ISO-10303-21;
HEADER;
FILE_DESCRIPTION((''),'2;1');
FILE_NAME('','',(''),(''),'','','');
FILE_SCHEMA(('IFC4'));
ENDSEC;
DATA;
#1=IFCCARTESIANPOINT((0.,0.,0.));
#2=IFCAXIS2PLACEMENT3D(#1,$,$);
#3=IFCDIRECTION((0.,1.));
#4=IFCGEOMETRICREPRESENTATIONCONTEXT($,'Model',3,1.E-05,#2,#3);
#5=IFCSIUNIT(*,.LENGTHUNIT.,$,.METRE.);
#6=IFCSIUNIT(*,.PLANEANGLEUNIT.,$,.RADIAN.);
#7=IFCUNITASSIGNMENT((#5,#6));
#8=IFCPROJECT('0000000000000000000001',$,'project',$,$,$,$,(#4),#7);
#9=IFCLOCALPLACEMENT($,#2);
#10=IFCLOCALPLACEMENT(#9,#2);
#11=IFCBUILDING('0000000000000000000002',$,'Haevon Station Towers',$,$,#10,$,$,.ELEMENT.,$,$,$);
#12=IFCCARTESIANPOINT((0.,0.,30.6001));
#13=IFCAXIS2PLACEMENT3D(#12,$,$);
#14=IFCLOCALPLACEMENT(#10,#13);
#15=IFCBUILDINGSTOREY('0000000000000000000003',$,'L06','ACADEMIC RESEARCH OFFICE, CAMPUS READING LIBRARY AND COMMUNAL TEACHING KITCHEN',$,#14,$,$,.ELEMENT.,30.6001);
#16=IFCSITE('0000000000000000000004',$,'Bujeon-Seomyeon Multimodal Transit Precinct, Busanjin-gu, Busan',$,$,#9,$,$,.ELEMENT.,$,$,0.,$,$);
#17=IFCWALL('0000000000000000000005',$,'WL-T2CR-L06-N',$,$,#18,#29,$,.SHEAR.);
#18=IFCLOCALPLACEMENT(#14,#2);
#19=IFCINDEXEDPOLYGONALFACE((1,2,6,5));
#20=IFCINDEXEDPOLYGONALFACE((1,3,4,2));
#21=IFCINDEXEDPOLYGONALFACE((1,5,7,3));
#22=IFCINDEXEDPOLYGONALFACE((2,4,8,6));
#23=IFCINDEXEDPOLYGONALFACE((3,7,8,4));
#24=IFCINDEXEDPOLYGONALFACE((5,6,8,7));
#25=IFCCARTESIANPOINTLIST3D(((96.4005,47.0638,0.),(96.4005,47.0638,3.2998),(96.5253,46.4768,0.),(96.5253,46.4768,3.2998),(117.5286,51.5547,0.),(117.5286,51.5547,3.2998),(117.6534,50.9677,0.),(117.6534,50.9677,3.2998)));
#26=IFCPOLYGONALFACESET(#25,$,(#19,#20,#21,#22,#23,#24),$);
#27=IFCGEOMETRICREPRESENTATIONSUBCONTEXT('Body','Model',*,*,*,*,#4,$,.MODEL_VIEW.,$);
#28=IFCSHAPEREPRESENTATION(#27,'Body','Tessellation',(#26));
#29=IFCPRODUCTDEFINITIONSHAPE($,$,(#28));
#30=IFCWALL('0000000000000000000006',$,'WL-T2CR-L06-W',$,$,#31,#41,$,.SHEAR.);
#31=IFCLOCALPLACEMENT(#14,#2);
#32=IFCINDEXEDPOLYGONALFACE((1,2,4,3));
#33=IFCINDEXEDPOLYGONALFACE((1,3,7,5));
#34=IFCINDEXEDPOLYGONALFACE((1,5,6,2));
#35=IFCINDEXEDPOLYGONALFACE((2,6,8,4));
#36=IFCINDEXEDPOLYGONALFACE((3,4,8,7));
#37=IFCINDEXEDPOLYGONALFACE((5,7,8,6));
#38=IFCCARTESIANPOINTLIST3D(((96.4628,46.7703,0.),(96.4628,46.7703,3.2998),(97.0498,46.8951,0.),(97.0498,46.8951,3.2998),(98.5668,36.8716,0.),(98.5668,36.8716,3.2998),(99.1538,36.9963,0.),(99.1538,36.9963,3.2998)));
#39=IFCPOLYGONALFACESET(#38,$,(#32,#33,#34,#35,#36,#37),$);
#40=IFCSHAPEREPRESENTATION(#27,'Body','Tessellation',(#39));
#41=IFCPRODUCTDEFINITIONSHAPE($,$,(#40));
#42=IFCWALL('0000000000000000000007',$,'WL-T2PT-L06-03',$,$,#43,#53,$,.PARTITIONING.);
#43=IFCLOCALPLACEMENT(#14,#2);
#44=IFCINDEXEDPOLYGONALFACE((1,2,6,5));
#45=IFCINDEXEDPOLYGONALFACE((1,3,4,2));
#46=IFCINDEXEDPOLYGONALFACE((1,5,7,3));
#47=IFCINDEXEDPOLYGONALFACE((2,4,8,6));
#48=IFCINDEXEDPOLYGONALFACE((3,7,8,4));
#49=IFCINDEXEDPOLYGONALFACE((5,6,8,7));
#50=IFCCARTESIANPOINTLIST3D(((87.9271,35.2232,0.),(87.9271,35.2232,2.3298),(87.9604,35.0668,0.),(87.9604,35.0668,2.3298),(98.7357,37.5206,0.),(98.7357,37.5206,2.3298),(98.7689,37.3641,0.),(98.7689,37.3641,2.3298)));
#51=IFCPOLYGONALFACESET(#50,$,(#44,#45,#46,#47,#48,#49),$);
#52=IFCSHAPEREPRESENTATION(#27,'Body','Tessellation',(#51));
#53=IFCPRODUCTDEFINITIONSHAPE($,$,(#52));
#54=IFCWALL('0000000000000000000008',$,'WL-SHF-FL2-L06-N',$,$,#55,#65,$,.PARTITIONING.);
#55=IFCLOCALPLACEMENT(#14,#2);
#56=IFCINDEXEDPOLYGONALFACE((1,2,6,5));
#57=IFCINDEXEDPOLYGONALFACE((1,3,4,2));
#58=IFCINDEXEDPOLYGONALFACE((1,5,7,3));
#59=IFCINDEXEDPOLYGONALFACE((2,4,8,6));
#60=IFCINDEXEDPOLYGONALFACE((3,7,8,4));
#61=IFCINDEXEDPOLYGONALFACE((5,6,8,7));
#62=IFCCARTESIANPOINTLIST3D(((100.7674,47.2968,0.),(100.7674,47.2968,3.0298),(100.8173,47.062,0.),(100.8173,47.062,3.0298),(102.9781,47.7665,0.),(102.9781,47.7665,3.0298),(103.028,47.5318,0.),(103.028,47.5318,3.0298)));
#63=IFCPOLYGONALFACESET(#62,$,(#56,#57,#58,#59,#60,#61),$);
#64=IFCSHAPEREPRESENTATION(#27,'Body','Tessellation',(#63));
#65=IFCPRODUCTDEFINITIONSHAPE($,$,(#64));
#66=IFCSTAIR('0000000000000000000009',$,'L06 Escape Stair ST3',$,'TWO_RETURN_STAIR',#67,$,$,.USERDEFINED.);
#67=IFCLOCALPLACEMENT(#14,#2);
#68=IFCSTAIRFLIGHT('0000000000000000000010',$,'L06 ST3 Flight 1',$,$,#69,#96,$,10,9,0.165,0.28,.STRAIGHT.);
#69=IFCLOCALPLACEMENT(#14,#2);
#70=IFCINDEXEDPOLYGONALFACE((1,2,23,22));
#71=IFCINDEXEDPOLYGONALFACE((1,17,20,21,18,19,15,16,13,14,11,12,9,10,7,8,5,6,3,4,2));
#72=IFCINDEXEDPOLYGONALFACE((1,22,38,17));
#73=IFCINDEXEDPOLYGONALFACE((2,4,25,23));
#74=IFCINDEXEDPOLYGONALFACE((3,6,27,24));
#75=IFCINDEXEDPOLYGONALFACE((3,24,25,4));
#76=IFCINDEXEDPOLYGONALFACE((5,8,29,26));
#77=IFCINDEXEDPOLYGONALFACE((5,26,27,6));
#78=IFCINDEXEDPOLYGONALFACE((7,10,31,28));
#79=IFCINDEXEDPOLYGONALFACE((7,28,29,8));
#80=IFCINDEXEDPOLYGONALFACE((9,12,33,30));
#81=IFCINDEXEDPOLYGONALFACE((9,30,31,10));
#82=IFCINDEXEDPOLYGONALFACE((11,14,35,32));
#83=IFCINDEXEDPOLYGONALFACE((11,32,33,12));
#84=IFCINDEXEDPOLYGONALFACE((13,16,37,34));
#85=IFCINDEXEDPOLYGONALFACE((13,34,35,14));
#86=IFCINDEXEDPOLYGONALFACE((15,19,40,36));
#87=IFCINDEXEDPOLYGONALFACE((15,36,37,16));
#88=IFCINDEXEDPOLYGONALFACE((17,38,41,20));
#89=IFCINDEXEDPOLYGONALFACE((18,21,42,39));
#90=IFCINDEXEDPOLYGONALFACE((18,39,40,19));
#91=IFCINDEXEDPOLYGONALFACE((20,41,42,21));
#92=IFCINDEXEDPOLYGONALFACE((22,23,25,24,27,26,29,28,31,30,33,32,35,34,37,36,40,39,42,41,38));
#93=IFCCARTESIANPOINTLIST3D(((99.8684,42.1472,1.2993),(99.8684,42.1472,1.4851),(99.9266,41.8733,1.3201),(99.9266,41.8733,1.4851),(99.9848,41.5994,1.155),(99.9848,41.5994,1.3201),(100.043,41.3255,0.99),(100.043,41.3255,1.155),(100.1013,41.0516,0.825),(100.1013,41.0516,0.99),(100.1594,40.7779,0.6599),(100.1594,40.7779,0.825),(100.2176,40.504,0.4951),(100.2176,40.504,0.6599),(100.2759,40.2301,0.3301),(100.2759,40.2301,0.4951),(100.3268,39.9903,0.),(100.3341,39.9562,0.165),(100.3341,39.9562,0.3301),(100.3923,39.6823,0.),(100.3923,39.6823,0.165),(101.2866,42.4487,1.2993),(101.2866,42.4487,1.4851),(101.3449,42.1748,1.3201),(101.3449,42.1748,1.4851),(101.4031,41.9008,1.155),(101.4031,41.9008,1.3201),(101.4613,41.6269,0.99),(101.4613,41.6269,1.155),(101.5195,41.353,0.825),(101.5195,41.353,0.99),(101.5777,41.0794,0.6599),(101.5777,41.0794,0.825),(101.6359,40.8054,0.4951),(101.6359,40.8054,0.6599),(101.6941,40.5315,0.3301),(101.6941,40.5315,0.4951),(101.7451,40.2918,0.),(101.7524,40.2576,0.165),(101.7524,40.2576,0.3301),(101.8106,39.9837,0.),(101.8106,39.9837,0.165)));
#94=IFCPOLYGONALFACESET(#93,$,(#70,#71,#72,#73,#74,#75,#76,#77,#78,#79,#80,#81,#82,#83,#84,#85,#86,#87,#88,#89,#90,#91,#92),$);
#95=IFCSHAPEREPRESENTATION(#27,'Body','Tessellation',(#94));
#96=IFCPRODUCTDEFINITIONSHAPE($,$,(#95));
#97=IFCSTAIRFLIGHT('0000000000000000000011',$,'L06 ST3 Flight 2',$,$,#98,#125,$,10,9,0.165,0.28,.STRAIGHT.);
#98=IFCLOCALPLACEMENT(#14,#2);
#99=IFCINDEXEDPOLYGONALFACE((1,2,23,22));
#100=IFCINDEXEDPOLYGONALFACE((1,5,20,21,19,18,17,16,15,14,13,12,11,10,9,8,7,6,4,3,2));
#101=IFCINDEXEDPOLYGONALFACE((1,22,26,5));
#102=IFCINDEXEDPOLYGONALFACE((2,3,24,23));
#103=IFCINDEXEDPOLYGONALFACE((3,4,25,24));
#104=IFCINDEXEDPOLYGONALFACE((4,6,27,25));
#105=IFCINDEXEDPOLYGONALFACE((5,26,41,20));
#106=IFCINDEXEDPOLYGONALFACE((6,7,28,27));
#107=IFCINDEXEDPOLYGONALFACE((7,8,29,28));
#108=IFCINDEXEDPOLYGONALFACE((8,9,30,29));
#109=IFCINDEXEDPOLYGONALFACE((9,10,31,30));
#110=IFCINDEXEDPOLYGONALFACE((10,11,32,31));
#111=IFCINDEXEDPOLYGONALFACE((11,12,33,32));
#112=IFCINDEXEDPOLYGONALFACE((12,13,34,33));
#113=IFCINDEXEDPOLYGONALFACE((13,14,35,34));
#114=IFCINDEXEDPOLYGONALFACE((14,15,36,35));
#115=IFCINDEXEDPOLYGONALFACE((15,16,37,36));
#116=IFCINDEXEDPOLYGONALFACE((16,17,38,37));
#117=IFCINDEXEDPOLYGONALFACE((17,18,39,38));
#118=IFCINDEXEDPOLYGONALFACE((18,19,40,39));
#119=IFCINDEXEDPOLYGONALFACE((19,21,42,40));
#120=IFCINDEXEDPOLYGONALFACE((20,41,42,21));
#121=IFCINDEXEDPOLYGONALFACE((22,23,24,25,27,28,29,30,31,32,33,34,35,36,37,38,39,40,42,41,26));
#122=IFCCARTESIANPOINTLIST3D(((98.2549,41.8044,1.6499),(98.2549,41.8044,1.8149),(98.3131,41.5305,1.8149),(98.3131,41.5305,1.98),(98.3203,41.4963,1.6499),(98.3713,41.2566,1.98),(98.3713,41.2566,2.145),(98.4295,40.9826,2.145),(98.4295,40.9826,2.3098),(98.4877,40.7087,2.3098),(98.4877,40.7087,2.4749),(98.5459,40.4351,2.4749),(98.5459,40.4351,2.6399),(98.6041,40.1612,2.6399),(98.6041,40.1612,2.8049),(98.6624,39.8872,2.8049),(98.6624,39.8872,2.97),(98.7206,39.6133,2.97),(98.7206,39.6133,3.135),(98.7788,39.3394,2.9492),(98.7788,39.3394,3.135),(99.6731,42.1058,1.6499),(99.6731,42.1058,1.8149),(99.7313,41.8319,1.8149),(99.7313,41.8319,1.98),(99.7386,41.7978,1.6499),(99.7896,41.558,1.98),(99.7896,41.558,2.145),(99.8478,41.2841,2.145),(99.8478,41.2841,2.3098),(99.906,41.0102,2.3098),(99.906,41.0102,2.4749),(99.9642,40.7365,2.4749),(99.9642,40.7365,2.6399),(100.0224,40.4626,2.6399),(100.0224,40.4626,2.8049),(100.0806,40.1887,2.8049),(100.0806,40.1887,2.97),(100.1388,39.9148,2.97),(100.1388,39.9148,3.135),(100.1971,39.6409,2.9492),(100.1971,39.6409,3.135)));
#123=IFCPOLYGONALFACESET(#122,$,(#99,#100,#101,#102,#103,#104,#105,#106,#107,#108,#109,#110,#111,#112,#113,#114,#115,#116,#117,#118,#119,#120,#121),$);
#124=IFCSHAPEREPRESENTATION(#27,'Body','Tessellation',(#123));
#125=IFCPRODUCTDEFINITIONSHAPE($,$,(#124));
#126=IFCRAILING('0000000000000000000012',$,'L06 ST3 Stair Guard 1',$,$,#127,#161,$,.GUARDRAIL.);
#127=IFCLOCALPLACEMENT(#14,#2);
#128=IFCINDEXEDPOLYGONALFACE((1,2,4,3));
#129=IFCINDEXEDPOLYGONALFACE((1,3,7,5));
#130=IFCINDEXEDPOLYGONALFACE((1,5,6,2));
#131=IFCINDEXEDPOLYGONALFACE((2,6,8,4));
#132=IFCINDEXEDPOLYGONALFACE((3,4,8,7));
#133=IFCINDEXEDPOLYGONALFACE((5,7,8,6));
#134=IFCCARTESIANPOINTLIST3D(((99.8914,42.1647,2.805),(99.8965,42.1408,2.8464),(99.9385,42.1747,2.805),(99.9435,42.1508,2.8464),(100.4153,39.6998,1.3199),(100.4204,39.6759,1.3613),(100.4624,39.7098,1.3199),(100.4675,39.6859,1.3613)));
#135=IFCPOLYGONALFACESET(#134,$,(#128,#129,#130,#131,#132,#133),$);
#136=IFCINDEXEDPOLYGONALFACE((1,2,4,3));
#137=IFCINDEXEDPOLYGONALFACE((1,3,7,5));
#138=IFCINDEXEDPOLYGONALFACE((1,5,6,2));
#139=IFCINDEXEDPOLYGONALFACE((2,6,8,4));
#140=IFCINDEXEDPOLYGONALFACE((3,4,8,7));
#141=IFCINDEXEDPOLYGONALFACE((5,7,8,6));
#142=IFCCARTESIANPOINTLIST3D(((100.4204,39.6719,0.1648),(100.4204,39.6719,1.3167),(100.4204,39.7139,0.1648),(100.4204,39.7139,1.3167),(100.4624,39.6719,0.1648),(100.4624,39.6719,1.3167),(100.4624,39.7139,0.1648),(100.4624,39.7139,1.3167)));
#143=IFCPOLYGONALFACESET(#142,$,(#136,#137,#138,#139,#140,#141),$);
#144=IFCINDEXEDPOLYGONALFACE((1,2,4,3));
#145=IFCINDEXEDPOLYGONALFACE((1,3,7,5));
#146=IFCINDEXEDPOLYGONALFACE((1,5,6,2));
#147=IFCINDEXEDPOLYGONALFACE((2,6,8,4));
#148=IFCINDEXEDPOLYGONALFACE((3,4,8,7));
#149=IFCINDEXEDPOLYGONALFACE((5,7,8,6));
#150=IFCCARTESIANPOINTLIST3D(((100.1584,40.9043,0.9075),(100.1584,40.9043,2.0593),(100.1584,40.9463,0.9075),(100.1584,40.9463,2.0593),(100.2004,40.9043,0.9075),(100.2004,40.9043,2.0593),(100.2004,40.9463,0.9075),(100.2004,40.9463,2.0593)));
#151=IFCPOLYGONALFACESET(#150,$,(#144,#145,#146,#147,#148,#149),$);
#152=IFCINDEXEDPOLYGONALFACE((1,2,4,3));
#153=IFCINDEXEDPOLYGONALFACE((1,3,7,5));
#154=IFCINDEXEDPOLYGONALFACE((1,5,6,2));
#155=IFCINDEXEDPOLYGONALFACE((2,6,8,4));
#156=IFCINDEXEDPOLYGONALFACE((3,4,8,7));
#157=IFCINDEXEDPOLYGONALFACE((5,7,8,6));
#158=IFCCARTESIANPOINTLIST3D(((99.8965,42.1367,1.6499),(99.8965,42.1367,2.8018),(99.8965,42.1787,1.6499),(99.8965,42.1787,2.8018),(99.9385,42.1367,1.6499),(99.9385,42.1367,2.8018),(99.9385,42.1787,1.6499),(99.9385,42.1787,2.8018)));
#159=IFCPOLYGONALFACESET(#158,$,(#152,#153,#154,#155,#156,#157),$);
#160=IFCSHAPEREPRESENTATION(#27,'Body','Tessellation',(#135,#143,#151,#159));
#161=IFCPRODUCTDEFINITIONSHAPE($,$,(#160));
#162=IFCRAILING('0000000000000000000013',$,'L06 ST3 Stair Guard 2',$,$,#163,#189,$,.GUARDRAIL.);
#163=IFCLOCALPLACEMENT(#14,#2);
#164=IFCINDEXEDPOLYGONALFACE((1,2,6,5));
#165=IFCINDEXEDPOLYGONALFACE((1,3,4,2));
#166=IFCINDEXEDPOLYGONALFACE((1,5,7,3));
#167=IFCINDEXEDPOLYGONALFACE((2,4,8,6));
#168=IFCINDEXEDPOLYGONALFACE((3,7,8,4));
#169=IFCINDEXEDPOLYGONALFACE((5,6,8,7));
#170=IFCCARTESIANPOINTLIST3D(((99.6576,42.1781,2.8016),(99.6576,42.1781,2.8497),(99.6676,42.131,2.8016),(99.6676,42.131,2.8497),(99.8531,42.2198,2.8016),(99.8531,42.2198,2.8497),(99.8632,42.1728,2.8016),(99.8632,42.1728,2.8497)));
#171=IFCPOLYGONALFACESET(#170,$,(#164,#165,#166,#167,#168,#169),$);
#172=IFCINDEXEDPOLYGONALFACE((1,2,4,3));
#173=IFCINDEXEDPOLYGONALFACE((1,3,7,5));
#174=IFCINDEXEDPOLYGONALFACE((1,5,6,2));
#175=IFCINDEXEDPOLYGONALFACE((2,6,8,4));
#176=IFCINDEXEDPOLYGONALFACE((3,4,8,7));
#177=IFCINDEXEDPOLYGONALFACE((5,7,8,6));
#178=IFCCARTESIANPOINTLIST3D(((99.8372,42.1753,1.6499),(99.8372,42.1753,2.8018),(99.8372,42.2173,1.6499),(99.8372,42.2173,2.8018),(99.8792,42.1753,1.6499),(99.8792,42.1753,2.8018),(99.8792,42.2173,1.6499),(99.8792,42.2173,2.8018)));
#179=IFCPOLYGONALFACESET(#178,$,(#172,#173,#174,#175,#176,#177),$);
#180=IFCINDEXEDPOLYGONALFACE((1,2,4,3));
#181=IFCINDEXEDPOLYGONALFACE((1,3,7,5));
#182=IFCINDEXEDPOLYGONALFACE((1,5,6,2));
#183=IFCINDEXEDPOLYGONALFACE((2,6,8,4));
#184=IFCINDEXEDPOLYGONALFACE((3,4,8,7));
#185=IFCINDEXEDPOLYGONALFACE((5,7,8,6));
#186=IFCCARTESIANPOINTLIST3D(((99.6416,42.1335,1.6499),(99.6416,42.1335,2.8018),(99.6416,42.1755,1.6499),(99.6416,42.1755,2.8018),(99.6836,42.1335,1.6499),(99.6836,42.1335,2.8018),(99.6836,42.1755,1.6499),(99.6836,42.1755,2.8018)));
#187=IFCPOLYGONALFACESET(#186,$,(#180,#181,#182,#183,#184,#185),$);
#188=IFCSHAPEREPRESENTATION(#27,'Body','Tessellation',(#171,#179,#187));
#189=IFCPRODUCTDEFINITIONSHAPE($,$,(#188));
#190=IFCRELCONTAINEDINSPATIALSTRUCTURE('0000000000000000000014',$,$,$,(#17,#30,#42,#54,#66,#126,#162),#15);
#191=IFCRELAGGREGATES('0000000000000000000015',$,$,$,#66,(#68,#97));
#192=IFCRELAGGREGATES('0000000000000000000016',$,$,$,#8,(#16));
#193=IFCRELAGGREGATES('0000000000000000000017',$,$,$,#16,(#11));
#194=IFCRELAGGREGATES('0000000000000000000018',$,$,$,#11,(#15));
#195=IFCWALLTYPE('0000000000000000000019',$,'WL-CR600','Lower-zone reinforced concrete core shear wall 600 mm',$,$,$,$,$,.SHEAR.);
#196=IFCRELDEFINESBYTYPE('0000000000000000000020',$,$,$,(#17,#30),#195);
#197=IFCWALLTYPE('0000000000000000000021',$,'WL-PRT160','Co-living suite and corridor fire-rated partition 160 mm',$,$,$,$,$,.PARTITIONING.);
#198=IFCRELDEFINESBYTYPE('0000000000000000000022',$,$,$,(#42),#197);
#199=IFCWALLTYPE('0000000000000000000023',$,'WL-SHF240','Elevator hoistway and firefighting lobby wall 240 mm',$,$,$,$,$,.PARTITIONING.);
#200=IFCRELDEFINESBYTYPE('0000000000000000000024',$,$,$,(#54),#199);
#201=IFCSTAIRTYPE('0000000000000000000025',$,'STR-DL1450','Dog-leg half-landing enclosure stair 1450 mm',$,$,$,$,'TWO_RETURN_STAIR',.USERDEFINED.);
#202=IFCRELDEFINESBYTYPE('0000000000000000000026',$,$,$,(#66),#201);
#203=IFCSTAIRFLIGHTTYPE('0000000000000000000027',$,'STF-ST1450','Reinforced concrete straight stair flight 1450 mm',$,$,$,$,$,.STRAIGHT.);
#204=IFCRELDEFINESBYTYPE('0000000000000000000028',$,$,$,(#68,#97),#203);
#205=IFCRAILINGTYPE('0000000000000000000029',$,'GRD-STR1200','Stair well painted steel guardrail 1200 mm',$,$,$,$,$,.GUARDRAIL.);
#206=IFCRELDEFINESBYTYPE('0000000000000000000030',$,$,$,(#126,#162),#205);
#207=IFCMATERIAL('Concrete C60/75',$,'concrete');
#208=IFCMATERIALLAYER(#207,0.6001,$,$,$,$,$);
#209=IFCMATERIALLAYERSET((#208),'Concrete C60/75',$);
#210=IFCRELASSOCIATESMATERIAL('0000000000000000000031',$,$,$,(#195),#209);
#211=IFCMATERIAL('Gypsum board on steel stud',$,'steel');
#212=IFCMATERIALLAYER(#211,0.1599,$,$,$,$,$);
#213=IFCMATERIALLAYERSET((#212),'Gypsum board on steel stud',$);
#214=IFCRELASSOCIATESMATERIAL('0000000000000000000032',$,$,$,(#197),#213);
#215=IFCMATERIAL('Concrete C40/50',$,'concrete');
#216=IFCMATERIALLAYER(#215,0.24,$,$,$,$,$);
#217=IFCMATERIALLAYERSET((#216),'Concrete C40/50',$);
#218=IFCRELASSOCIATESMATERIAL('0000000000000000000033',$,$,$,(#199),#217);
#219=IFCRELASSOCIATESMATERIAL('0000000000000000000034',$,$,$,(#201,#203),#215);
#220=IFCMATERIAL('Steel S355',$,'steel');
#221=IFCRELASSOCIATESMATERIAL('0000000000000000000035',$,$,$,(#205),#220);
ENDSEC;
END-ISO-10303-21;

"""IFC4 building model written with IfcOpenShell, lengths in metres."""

from ifc_helpers import new_model, si_unit, direction, frame, frame_2d, origin, origin_2d, place, context, subcontext, project, spatial, polyline, rectangle, outline, extrude, material, layer, layer_set, type_object, element, aggregate, save


model = new_model("IFC4")

# Units and contexts
model_context = context("Model", 3, precision=1e-05, world=origin(), true_north=direction((0.0, 1.0)))
body_context = subcontext(model_context, "Body", "Model", "MODEL_VIEW")
ifc_project = project(units=[si_unit("LENGTHUNIT", "METRE"), si_unit("PLANEANGLEUNIT", "RADIAN")], contexts=[model_context])

# Site, building, storey
site_placement = place(None, origin())
site = spatial("IfcSite", under=ifc_project, at=site_placement, Name="Bujeon-Seomyeon Multimodal Transit Precinct, Busanjin-gu, Busan", CompositionType="ELEMENT", RefElevation=0.0)
building_placement = place(site_placement, origin())
building = spatial("IfcBuilding", under=site, at=building_placement, Name="Haevon Station Towers", CompositionType="ELEMENT")
storey_placement = place(building_placement, frame((0.0, 0.0, 30.6001)))
storey = spatial("IfcBuildingStorey", under=building, at=storey_placement, Name="L06", Description="ACADEMIC RESEARCH OFFICE, CAMPUS READING LIBRARY AND COMMUNAL TEACHING KITCHEN", CompositionType="ELEMENT", Elevation=30.6001)

# Shared definitions
ifc_material_1 = material(Name="Steel S355", Category="steel")

# Shared definitions
ifc_material_2 = material(Name="Gypsum board on steel stud", Category="steel")

# Walls
ifc_material_3 = material(Name="Concrete C60/75", Category="concrete")
ifc_layer_1 = layer(ifc_material_3, 0.6001)
ifc_layer_set_1 = layer_set([ifc_layer_1], Name="Concrete C60/75")
wall_type_1 = type_object("IfcWallType", Name="WL-CR600", Description="Lower-zone reinforced concrete core shear wall 600 mm", PredefinedType="SHEAR", material=ifc_layer_set_1)
wall_1_placement = place(storey_placement, frame((96.4629, 46.7703, 0.0), z_axis=(0.0, 0.0, 1.0), x_axis=(0.978147, 0.207913, 0.0)))
element("IfcWall", 1, at=wall_1_placement, inside=storey, type_object=wall_type_1, Name="WL-T2CR-L06-N", PredefinedType="SHEAR", context=body_context, shape_type="SweptSolid", body=[
    extrude(rectangle(XDim=21.6001, YDim=0.6001, at=frame_2d((10.8, 0.0))), origin(), (0.0, 0.0, 1.0), 3.2998),
])
wall_2_placement = place(storey_placement, frame((98.8604, 36.9338, 0.0), z_axis=(0.0, 0.0, 1.0), x_axis=(-0.207909, 0.978148, 0.0)))
element("IfcWall", 2, at=wall_2_placement, inside=storey, type_object=wall_type_1, Name="WL-T2CR-L06-W", PredefinedType="SHEAR", context=body_context, shape_type="SweptSolid", body=[
    extrude(rectangle(XDim=10.1199, YDim=0.6001, at=frame_2d((5.0601, 0.0))), origin(), (0.0, 0.0, 1.0), 3.2998),
])
ifc_layer_2 = layer(ifc_material_2, 0.1599)
ifc_layer_set_2 = layer_set([ifc_layer_2], Name="Gypsum board on steel stud")
wall_type_2 = type_object("IfcWallType", Name="WL-PRT160", Description="Co-living suite and corridor fire-rated partition 160 mm", PredefinedType="PARTITIONING", material=ifc_layer_set_2)
wall_3_placement = place(storey_placement, frame((87.9438, 35.145, 0.0), z_axis=(0.0, 0.0, 1.0), x_axis=(0.978149, 0.207905, 0.0)))
element("IfcWall", 3, at=wall_3_placement, inside=storey, type_object=wall_type_2, Name="WL-T2PT-L06-03", PredefinedType="PARTITIONING", context=body_context, shape_type="SweptSolid", body=[
    extrude(rectangle(XDim=11.05, YDim=0.1599, at=frame_2d((5.5249, 0.0))), origin(), (0.0, 0.0, 1.0), 2.3298),
])

# Shared definitions
ifc_material_4 = material(Name="Concrete C40/50", Category="concrete")
ifc_layer_3 = layer(ifc_material_4, 0.24)
ifc_layer_set_3 = layer_set([ifc_layer_3], Name="Concrete C40/50")
wall_type_3 = type_object("IfcWallType", Name="WL-SHF240", Description="Elevator hoistway and firefighting lobby wall 240 mm", PredefinedType="PARTITIONING", material=ifc_layer_set_3)

# Wall
wall_4_placement = place(storey_placement, frame((100.7925, 47.1794, 0.0), z_axis=(0.0, 0.0, 1.0), x_axis=(0.978163, 0.207839, 0.0)))
element("IfcWall", 4, at=wall_4_placement, inside=storey, type_object=wall_type_3, Name="WL-SHF-FL2-L06-N", PredefinedType="PARTITIONING", context=body_context, shape_type="SweptSolid", body=[
    extrude(rectangle(XDim=2.26, YDim=0.24, at=frame_2d((1.1299, 0.0))), origin(), (0.0, 0.0, 1.0), 3.0298),
])

# Stair, stair flights
stair_type = type_object("IfcStairType", Name="STR-DL1450", Description="Dog-leg half-landing enclosure stair 1450 mm", ElementType="TWO_RETURN_STAIR", PredefinedType="USERDEFINED", material=ifc_material_4)
stair_placement = place(storey_placement, origin())
stair = element("IfcStair", 5, at=stair_placement, inside=storey, type_object=stair_type, Name="L06 Escape Stair ST3", ObjectType="TWO_RETURN_STAIR", PredefinedType="USERDEFINED")
stair_flight_type = type_object("IfcStairFlightType", Name="STF-ST1450", Description="Reinforced concrete straight stair flight 1450 mm", PredefinedType="STRAIGHT", material=ifc_material_4)
stair_flight_1_placement = place(storey_placement, frame((101.1016, 39.833, 0.0), z_axis=(0.0, 0.0, 1.0), x_axis=(-0.207912, 0.978148, 0.0)))
stair_flight_1 = element("IfcStairFlight", 6, at=stair_flight_1_placement, type_object=stair_flight_type, Name="L06 ST3 Flight 1", NumberOfRisers=10, NumberOfTreads=9, PredefinedType="STRAIGHT", RiserHeight=0.165, TreadLength=0.28, context=body_context, shape_type="SweptSolid", body=[
    extrude(outline(polyline([(0.0, 0.0), (0.0, 0.165), (0.28, 0.165), (0.28, 0.3301), (0.5601, 0.3301), (0.5601, 0.4951), (0.8401, 0.4951), (0.8401, 0.6599), (1.1201, 0.6599), (1.1201, 0.825), (1.3999, 0.825), (1.3999, 0.99), (1.6799, 0.99), (1.6799, 1.155), (1.96, 1.155), (1.96, 1.3201), (2.24, 1.3201), (2.24, 1.4851), (2.52, 1.4851), (2.52, 1.6499), (2.52, 1.2993), (0.3149, 0.0), (0.0, 0.0)])), frame((0.0, 0.7251, 0.0), z_axis=(0.0, -1.0, 0.0), x_axis=(1.0, 0.0, 0.0)), (0.0, 0.0, 1.0), 1.45),
])
stair_flight_2_placement = place(storey_placement, frame((98.9639, 41.9551, 1.6499), z_axis=(0.0, 0.0, 1.0), x_axis=(0.207912, -0.978148, 0.0)))
stair_flight_2 = element("IfcStairFlight", 7, at=stair_flight_2_placement, type_object=stair_flight_type, Name="L06 ST3 Flight 2", NumberOfRisers=10, NumberOfTreads=9, PredefinedType="STRAIGHT", RiserHeight=0.165, TreadLength=0.28, context=body_context, shape_type="SweptSolid", body=[
    extrude(outline(polyline([(0.0, 0.0), (0.0, 0.165), (0.28, 0.165), (0.28, 0.3301), (0.5601, 0.3301), (0.5601, 0.4951), (0.8401, 0.4951), (0.8401, 0.6599), (1.1201, 0.6599), (1.1201, 0.825), (1.3999, 0.825), (1.3999, 0.99), (1.6799, 0.99), (1.6799, 1.155), (1.96, 1.155), (1.96, 1.3201), (2.24, 1.3201), (2.24, 1.4851), (2.52, 1.4851), (2.52, 1.6499), (2.52, 1.2993), (0.3149, 0.0), (0.0, 0.0)])), frame((0.0, 0.7251, 0.0), z_axis=(0.0, -1.0, 0.0), x_axis=(1.0, 0.0, 0.0)), (0.0, 0.0, 1.0), 1.45),
])
aggregate(stair, [stair_flight_1, stair_flight_2])

# Railings
railing_type_1 = type_object("IfcRailingType", Name="GRD-STR1200", Description="Stair well painted steel guardrail 1200 mm", PredefinedType="GUARDRAIL", material=ifc_material_1)
railing_1_placement = place(storey_placement, frame((100.4414, 39.6929, 0.1648)))
element("IfcRailing", 8, at=railing_1_placement, inside=storey, type_object=railing_type_1, Name="L06 ST3 Stair Guard 1", PredefinedType="GUARDRAIL", context=body_context, shape_type="SweptSolid", body=[
    extrude(rectangle(XDim=0.0481, YDim=0.0481, at=origin_2d()), frame((0.0, 0.0, 1.1758), z_axis=(-0.179121, 0.842688, 0.507733), x_axis=(-0.978147, -0.207914, 0.0)), (0.0, 0.0, 1.0), 2.925),
    extrude(rectangle(XDim=0.042, YDim=0.042, at=origin_2d()), origin(), (0.0, 0.0, 1.0), 1.1519),
    extrude(rectangle(XDim=0.042, YDim=0.042, at=origin_2d()), frame((-0.262, 1.2324, 0.7427)), (0.0, 0.0, 1.0), 1.1519),
    extrude(rectangle(XDim=0.042, YDim=0.042, at=origin_2d()), frame((-0.5239, 2.4648, 1.4851)), (0.0, 0.0, 1.0), 1.1519),
])
railing_2_placement = place(storey_placement, frame((99.8582, 42.1963, 1.6499)))
element("IfcRailing", 9, at=railing_2_placement, inside=storey, type_object=railing_type_1, Name="L06 ST3 Stair Guard 2", PredefinedType="GUARDRAIL", context=body_context, shape_type="SweptSolid", body=[
    extrude(rectangle(XDim=0.0481, YDim=0.0481, at=origin_2d()), frame((0.0, 0.0, 1.1758), z_axis=(-0.977963, -0.208779, 0.0), x_axis=(0.208779, -0.977963, 0.0)), (0.0, 0.0, 1.0), 0.2),
    extrude(rectangle(XDim=0.042, YDim=0.042, at=origin_2d()), origin(), (0.0, 0.0, 1.0), 1.1519),
    extrude(rectangle(XDim=0.042, YDim=0.042, at=origin_2d()), frame((-0.1956, -0.0417, 0.0)), (0.0, 0.0, 1.0), 1.1519),
])

save(model, "model.ifc")
